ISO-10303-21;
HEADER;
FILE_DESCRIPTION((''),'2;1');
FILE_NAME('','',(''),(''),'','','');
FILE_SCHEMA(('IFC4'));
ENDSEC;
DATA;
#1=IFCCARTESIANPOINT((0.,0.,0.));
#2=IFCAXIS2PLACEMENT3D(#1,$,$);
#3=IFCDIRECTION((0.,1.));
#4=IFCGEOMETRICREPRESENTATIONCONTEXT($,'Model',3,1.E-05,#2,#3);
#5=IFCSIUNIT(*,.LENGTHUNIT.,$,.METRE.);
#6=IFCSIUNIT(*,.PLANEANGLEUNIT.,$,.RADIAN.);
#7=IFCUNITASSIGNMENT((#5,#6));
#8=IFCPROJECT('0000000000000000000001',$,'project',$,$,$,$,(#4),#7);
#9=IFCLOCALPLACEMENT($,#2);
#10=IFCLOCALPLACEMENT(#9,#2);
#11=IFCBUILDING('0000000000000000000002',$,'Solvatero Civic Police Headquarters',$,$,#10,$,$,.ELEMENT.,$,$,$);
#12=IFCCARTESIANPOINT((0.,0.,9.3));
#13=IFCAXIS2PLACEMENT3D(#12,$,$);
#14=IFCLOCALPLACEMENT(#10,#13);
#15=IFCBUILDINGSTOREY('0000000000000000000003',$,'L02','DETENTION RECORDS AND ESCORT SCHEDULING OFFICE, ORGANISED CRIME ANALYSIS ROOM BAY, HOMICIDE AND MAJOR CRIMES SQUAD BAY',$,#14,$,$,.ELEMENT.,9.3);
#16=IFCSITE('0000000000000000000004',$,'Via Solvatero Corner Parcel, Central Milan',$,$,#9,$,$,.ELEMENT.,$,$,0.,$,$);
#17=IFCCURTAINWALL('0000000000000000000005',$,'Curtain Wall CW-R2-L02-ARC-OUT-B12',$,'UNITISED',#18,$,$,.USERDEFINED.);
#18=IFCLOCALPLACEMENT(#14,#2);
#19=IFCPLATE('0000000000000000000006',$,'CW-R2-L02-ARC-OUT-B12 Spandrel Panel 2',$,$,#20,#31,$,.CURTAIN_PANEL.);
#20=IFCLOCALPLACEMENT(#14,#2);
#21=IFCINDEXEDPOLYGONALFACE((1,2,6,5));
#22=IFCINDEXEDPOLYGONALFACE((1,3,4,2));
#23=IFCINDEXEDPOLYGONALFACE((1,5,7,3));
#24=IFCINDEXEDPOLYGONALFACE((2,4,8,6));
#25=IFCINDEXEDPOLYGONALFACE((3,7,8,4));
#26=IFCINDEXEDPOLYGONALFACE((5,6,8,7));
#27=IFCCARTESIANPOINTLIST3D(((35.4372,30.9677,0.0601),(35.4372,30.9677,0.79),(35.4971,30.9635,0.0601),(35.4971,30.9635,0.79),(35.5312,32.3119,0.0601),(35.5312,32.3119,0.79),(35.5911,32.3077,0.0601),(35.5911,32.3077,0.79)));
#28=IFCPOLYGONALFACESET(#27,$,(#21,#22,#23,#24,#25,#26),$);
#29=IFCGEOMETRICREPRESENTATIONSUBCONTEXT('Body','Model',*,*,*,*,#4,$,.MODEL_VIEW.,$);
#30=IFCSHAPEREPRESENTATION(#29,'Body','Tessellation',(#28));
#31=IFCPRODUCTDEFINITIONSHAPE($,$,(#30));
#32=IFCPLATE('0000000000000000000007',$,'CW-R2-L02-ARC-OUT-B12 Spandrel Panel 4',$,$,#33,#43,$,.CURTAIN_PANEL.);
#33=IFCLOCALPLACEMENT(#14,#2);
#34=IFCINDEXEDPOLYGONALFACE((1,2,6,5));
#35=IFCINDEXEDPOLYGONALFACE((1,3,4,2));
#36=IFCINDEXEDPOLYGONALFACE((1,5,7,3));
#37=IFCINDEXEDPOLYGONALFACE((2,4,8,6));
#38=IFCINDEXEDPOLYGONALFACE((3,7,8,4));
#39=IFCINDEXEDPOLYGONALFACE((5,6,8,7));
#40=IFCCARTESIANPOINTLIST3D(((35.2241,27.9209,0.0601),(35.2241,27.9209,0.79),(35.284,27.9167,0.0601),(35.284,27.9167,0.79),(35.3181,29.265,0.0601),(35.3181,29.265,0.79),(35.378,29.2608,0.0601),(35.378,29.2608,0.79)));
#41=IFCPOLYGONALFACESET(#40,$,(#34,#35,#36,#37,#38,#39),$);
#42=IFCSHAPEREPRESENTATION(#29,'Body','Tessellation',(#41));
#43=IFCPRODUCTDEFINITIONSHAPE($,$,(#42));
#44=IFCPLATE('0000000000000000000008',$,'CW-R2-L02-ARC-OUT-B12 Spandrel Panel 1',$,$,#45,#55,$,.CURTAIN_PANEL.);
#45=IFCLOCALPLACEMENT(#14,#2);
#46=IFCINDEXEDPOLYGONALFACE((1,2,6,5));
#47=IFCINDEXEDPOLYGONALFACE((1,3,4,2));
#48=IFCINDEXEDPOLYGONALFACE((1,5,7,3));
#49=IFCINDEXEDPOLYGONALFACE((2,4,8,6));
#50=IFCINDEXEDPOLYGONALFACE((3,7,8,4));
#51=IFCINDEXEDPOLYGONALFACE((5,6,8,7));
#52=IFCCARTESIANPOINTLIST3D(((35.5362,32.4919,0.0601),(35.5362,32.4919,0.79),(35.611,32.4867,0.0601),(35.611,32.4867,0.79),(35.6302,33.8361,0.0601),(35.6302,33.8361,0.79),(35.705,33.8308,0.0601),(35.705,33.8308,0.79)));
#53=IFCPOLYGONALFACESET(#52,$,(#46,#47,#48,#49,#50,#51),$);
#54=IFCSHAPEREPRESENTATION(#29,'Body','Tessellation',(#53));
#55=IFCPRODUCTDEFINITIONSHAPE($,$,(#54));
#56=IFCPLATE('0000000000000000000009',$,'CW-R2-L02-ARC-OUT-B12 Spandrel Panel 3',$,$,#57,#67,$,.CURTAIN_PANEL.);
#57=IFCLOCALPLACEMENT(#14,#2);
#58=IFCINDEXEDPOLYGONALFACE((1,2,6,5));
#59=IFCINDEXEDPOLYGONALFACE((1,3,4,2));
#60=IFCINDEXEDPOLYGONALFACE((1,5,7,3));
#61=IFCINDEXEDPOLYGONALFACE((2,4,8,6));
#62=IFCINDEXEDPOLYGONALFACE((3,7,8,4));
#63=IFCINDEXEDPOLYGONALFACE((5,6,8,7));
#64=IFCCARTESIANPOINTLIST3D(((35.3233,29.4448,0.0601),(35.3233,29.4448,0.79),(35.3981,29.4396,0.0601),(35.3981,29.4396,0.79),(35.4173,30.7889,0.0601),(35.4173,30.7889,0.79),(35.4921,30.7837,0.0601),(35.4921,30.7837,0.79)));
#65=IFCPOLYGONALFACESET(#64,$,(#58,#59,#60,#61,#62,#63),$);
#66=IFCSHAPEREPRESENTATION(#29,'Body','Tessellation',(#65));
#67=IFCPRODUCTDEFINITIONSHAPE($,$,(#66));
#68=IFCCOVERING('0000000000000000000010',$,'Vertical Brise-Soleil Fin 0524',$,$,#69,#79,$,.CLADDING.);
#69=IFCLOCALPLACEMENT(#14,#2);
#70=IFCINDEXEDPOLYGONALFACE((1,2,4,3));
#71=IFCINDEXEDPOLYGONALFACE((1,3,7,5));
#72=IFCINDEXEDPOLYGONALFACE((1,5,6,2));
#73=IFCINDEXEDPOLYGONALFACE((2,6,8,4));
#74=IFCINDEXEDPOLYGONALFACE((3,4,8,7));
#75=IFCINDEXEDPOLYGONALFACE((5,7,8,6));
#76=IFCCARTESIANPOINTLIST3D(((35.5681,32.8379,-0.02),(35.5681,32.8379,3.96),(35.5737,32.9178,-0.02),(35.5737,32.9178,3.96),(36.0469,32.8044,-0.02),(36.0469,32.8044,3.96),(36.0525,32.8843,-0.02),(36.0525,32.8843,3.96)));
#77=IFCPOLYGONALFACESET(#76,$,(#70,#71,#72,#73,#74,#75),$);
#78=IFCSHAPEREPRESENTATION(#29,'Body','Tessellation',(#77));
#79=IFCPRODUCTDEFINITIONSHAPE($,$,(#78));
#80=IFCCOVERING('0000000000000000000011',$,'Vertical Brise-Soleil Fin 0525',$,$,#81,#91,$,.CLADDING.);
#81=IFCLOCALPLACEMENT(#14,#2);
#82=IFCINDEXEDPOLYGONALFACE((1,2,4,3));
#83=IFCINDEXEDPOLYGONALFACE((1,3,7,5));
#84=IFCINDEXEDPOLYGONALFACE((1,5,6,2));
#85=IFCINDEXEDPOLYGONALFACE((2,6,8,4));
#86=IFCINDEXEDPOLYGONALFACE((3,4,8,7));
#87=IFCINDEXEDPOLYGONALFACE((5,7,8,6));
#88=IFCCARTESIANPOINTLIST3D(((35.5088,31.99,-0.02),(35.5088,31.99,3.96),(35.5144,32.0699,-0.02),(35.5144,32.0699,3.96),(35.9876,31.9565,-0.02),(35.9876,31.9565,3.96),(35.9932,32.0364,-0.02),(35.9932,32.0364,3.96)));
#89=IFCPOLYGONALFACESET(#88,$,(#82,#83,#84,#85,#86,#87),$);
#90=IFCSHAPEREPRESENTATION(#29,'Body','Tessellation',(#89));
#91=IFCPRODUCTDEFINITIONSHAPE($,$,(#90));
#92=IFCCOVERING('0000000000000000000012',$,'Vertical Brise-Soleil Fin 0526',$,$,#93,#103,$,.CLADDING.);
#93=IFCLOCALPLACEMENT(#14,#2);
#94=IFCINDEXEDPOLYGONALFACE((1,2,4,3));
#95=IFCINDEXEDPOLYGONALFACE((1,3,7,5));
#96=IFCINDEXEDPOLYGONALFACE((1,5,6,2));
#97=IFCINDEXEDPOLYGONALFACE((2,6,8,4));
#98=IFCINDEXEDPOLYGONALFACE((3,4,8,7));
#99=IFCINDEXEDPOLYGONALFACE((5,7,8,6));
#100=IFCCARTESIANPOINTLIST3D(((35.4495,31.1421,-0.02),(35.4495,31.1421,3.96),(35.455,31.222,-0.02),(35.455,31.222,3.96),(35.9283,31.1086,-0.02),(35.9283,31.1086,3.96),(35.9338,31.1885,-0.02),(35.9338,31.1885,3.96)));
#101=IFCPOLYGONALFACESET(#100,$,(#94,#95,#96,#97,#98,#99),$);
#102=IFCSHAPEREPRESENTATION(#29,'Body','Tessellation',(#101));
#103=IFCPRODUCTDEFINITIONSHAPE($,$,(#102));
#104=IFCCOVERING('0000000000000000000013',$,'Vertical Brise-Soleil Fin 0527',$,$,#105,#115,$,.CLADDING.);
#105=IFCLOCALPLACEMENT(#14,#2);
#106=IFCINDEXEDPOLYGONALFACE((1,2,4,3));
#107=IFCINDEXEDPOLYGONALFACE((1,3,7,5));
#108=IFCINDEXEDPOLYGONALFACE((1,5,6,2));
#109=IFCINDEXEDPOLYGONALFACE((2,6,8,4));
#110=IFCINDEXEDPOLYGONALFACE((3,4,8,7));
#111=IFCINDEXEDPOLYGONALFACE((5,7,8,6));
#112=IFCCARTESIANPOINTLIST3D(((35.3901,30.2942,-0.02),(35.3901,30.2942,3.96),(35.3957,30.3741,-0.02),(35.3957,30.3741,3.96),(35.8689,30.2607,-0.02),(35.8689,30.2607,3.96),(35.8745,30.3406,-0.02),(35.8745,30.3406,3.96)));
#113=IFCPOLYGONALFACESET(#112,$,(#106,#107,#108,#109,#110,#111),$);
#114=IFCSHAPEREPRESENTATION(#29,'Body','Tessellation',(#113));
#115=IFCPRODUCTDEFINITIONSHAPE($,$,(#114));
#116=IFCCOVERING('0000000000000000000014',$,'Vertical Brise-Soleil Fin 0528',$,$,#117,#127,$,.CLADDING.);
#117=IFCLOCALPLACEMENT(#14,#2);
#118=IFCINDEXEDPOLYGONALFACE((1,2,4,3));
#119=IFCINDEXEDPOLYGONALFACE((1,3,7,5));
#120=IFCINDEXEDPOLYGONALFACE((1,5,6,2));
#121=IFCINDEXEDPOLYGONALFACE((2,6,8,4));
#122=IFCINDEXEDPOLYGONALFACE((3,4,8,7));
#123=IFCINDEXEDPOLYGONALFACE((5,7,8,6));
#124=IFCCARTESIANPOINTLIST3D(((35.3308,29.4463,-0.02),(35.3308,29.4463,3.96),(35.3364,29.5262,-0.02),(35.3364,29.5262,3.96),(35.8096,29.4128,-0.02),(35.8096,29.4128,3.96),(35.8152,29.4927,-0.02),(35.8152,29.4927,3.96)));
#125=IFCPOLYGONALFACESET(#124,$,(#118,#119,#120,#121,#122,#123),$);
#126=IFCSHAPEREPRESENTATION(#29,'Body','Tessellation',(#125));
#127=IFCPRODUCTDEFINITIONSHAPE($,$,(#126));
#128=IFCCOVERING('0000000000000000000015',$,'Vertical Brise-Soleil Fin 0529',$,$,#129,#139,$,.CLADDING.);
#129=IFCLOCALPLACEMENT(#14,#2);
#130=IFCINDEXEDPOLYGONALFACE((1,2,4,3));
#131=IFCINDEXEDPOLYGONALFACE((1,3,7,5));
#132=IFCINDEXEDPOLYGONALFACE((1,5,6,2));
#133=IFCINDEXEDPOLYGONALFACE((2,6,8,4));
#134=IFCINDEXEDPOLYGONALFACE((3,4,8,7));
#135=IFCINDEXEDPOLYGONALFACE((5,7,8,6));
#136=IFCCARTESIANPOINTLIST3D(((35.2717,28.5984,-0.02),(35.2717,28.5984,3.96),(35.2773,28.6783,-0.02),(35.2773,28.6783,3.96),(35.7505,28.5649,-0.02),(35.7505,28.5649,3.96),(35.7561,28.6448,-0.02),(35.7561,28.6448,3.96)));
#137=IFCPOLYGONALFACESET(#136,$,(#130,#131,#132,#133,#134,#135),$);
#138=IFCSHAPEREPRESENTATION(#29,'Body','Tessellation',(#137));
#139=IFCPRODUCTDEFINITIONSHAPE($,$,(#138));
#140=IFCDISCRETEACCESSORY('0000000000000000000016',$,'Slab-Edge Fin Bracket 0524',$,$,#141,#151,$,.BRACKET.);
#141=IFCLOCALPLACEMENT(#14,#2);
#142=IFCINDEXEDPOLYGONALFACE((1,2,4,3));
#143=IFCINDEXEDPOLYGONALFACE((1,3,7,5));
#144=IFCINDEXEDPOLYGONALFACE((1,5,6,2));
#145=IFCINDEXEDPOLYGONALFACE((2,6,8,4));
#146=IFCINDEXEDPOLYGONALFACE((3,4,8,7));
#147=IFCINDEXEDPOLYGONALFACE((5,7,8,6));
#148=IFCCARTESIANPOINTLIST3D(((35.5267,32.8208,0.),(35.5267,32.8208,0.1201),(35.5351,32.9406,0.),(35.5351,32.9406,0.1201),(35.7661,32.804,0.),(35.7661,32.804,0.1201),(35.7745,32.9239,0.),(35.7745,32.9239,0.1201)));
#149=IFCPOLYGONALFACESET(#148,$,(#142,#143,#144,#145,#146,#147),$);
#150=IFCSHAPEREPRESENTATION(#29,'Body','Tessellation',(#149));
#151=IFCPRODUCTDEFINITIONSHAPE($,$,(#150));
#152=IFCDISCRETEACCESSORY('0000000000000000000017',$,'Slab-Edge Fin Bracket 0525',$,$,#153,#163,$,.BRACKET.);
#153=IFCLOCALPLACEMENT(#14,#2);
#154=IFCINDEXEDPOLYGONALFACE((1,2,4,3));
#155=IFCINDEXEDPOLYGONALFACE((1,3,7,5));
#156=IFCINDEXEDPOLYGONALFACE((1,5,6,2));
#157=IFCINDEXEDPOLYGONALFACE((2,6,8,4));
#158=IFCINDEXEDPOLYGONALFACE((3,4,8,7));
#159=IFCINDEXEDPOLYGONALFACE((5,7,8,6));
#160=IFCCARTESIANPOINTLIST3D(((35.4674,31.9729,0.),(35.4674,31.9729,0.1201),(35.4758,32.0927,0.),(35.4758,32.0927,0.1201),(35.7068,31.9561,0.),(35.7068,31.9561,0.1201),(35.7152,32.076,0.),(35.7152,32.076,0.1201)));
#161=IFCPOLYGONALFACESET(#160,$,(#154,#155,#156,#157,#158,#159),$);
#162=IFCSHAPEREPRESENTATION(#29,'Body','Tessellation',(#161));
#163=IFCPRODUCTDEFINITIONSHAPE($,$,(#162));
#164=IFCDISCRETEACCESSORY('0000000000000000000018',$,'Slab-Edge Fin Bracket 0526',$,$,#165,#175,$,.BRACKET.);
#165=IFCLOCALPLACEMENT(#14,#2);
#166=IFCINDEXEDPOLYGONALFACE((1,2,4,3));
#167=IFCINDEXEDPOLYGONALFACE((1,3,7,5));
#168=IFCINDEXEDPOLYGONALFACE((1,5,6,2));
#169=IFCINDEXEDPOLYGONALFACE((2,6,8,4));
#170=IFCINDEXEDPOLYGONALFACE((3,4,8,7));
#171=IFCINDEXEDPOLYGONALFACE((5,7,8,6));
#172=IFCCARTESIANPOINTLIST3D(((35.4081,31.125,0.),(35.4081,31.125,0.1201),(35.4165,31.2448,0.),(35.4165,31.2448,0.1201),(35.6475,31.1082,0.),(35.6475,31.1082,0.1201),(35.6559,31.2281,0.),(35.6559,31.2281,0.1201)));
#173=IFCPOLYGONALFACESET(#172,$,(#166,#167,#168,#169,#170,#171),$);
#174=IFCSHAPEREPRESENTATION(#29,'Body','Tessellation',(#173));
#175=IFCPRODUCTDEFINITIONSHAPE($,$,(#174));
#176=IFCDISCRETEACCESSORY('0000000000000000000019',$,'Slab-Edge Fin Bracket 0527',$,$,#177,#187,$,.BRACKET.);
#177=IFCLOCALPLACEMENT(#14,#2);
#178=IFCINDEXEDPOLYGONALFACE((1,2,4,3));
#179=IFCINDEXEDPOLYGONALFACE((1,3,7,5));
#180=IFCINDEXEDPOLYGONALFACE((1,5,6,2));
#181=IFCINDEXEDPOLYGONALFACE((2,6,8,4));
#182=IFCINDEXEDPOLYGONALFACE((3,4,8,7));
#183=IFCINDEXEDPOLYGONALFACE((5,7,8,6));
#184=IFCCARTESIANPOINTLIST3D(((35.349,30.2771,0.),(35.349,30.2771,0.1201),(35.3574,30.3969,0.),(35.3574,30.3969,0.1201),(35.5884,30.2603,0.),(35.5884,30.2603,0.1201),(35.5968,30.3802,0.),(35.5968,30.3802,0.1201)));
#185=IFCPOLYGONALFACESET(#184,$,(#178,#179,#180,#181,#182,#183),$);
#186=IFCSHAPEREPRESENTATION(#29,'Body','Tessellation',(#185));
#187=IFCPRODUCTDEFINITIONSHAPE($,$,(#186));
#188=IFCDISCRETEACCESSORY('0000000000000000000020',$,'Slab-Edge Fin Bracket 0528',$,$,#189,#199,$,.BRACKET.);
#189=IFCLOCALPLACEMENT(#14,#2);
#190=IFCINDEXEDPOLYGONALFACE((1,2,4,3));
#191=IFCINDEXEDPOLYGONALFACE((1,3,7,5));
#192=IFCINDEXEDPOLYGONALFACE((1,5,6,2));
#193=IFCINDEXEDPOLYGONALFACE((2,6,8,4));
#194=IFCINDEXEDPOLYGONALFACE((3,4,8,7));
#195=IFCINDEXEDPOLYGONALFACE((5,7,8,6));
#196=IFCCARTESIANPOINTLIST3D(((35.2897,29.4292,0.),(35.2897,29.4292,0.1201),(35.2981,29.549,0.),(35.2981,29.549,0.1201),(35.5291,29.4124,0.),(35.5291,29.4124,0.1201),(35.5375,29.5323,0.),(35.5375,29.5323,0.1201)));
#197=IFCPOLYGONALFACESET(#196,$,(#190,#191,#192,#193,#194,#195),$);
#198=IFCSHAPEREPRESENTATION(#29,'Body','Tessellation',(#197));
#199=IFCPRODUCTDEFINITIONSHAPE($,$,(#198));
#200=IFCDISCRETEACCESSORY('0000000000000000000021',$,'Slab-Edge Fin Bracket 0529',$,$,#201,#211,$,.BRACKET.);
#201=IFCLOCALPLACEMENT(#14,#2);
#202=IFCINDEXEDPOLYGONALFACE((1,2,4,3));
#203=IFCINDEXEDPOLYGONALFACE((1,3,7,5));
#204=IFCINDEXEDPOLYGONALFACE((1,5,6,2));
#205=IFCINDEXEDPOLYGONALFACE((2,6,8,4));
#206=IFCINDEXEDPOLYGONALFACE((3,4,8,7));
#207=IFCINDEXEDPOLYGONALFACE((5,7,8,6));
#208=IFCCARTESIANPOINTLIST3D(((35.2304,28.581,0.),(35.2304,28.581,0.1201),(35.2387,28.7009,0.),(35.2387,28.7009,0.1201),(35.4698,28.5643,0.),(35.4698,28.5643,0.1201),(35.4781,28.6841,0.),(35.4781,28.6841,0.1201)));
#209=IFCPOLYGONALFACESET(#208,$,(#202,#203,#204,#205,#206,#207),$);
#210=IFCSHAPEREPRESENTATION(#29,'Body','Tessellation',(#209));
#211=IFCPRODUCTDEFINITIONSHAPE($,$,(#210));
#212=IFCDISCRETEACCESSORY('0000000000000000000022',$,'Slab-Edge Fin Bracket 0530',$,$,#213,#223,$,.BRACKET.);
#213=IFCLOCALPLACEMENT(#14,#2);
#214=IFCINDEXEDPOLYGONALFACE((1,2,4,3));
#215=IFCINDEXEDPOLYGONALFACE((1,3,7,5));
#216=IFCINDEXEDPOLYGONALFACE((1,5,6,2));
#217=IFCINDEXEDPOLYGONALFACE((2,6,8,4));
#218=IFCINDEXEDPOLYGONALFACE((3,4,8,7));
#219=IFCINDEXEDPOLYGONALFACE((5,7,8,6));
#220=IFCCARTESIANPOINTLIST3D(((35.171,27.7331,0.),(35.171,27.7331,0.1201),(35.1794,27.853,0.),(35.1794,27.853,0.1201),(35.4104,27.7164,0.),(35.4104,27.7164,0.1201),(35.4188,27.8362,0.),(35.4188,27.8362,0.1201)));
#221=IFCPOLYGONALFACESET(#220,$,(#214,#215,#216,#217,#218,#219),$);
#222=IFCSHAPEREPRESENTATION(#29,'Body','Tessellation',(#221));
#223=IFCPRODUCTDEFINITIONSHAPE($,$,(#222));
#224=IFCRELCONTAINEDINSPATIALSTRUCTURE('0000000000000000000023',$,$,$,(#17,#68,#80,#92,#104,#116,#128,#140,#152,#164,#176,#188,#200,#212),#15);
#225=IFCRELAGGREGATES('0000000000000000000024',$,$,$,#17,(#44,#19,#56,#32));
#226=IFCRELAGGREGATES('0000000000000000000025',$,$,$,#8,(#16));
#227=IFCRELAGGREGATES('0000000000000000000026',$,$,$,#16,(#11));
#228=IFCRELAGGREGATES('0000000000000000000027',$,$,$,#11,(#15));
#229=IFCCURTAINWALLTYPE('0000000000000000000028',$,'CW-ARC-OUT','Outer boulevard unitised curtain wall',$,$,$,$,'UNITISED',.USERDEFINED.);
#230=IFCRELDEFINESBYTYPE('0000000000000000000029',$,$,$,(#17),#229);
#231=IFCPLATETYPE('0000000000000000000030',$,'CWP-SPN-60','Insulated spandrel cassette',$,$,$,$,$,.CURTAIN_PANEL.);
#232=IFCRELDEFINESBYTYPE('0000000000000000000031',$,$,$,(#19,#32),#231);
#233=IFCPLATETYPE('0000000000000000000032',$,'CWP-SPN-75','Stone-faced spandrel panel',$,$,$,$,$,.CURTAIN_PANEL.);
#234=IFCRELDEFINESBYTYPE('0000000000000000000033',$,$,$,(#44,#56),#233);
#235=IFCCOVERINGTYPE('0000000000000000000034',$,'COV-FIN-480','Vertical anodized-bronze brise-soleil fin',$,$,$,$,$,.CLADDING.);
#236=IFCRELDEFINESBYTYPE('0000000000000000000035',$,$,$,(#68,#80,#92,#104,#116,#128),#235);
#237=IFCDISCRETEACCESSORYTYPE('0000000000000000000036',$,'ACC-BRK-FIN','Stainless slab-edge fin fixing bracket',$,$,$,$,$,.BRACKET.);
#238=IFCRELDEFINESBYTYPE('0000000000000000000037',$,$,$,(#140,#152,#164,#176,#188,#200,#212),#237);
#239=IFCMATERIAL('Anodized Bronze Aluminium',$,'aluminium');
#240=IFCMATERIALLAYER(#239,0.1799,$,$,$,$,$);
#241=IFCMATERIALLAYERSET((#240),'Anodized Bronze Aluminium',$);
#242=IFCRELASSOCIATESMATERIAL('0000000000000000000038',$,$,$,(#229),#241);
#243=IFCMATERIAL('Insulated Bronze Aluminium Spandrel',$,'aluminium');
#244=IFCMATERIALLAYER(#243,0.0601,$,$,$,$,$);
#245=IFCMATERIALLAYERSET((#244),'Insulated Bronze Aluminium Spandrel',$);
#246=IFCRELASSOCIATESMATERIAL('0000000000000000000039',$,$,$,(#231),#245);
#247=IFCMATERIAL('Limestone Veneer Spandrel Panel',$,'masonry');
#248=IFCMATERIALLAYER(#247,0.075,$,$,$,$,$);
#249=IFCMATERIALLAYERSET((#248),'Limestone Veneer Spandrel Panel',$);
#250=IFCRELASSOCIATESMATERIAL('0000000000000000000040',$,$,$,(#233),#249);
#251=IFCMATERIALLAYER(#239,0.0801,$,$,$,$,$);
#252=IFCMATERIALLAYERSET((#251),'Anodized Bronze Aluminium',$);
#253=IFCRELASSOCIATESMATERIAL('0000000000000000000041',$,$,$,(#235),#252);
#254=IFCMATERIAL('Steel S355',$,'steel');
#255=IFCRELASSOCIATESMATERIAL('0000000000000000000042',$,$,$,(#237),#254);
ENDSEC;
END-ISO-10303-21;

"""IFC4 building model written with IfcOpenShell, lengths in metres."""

from ifc_helpers import new_model, si_unit, direction, frame, origin, origin_2d, place, context, subcontext, project, spatial, rectangle, extrude, material, layer, layer_set, type_object, element, aggregate, save


model = new_model("IFC4")

# Units and contexts
model_context = context("Model", 3, precision=1e-05, world=origin(), true_north=direction((0.0, 1.0)))
body_context = subcontext(model_context, "Body", "Model", "MODEL_VIEW")
ifc_project = project(units=[si_unit("LENGTHUNIT", "METRE"), si_unit("PLANEANGLEUNIT", "RADIAN")], contexts=[model_context])

# Site, building, storey
site_placement = place(None, origin())
site = spatial("IfcSite", under=ifc_project, at=site_placement, Name="Via Solvatero Corner Parcel, Central Milan", CompositionType="ELEMENT", RefElevation=0.0)
building_placement = place(site_placement, origin())
building = spatial("IfcBuilding", under=site, at=building_placement, Name="Solvatero Civic Police Headquarters", CompositionType="ELEMENT")
storey_placement = place(building_placement, frame((0.0, 0.0, 9.3)))
storey = spatial("IfcBuildingStorey", under=building, at=storey_placement, Name="L02", Description="DETENTION RECORDS AND ESCORT SCHEDULING OFFICE, ORGANISED CRIME ANALYSIS ROOM BAY, HOMICIDE AND MAJOR CRIMES SQUAD BAY", CompositionType="ELEMENT", Elevation=9.3)

# Shared definitions
ifc_material_1 = material(Name="Steel S355", Category="steel")

# Curtain wall, plates
ifc_material_2 = material(Name="Anodized Bronze Aluminium", Category="aluminium")
ifc_layer_1 = layer(ifc_material_2, 0.1799)
ifc_layer_set_1 = layer_set([ifc_layer_1], Name="Anodized Bronze Aluminium")
curtain_wall_type = type_object("IfcCurtainWallType", Name="CW-ARC-OUT", Description="Outer boulevard unitised curtain wall", ElementType="UNITISED", PredefinedType="USERDEFINED", material=ifc_layer_set_1)
curtain_wall_placement = place(storey_placement, origin())
curtain_wall = element("IfcCurtainWall", 1, at=curtain_wall_placement, inside=storey, type_object=curtain_wall_type, Name="Curtain Wall CW-R2-L02-ARC-OUT-B12", ObjectType="UNITISED", PredefinedType="USERDEFINED")
ifc_material_3 = material(Name="Insulated Bronze Aluminium Spandrel", Category="aluminium")
ifc_layer_2 = layer(ifc_material_3, 0.0601)
ifc_layer_set_2 = layer_set([ifc_layer_2], Name="Insulated Bronze Aluminium Spandrel")
plate_type_1 = type_object("IfcPlateType", Name="CWP-SPN-60", Description="Insulated spandrel cassette", PredefinedType="CURTAIN_PANEL", material=ifc_layer_set_2)
plate_1_placement = place(storey_placement, frame((35.5142, 31.6377, 0.0601), z_axis=(0.0, 0.0, 1.0), x_axis=(-0.069756, -0.997564, 0.0)))
plate_1 = element("IfcPlate", 2, at=plate_1_placement, type_object=plate_type_1, Name="CW-R2-L02-ARC-OUT-B12 Spandrel Panel 2", PredefinedType="CURTAIN_PANEL", context=body_context, shape_type="SweptSolid", body=[
    extrude(rectangle(XDim=1.3474, YDim=0.0601, at=origin_2d()), origin(), (0.0, 0.0, 1.0), 0.73),
])
plate_2_placement = place(storey_placement, frame((35.301, 28.5908, 0.0601), z_axis=(0.0, 0.0, 1.0), x_axis=(-0.069756, -0.997564, 0.0)))
plate_2 = element("IfcPlate", 3, at=plate_2_placement, type_object=plate_type_1, Name="CW-R2-L02-ARC-OUT-B12 Spandrel Panel 4", PredefinedType="CURTAIN_PANEL", context=body_context, shape_type="SweptSolid", body=[
    extrude(rectangle(XDim=1.3474, YDim=0.0601, at=origin_2d()), origin(), (0.0, 0.0, 1.0), 0.73),
])
ifc_material_4 = material(Name="Limestone Veneer Spandrel Panel", Category="masonry")
ifc_layer_3 = layer(ifc_material_4, 0.075)
ifc_layer_set_3 = layer_set([ifc_layer_3], Name="Limestone Veneer Spandrel Panel")
plate_type_2 = type_object("IfcPlateType", Name="CWP-SPN-75", Description="Stone-faced spandrel panel", PredefinedType="CURTAIN_PANEL", material=ifc_layer_set_3)
plate_3_placement = place(storey_placement, frame((35.6206, 33.1614, 0.0601), z_axis=(0.0, 0.0, 1.0), x_axis=(-0.069756, -0.997564, 0.0)))
plate_3 = element("IfcPlate", 4, at=plate_3_placement, type_object=plate_type_2, Name="CW-R2-L02-ARC-OUT-B12 Spandrel Panel 1", PredefinedType="CURTAIN_PANEL", context=body_context, shape_type="SweptSolid", body=[
    extrude(rectangle(XDim=1.3474, YDim=0.075, at=origin_2d()), origin(), (0.0, 0.0, 1.0), 0.73),
])
plate_4_placement = place(storey_placement, frame((35.4077, 30.1143, 0.0601), z_axis=(0.0, 0.0, 1.0), x_axis=(-0.069756, -0.997564, 0.0)))
plate_4 = element("IfcPlate", 5, at=plate_4_placement, type_object=plate_type_2, Name="CW-R2-L02-ARC-OUT-B12 Spandrel Panel 3", PredefinedType="CURTAIN_PANEL", context=body_context, shape_type="SweptSolid", body=[
    extrude(rectangle(XDim=1.3474, YDim=0.075, at=origin_2d()), origin(), (0.0, 0.0, 1.0), 0.73),
])
aggregate(curtain_wall, [plate_3, plate_1, plate_4, plate_2])

# Coverings
ifc_layer_4 = layer(ifc_material_2, 0.0801)
ifc_layer_set_4 = layer_set([ifc_layer_4], Name="Anodized Bronze Aluminium")
covering_type = type_object("IfcCoveringType", Name="COV-FIN-480", Description="Vertical anodized-bronze brise-soleil fin", PredefinedType="CLADDING", material=ifc_layer_set_4)
for number, where, z_axis, x_axis, name in (
    (6, (35.8103, 32.8611, -0.02), (0.0, 0.0, 1.0), (-0.069756, -0.997564, 0.0), "Vertical Brise-Soleil Fin 0524"),
    (7, (35.751, 32.0132, -0.02), (0.0, 0.0, 1.0), (-0.069756, -0.997564, 0.0), "Vertical Brise-Soleil Fin 0525"),
    (8, (35.6917, 31.1653, -0.02), (0.0, 0.0, 1.0), (-0.069756, -0.997564, 0.0), "Vertical Brise-Soleil Fin 0526"),
    (9, (35.6323, 30.3174, -0.02), (0.0, 0.0, 1.0), (-0.069756, -0.997564, 0.0), "Vertical Brise-Soleil Fin 0527"),
    (10, (35.573, 29.4695, -0.02), (0.0, 0.0, 1.0), (-0.069756, -0.997564, 0.0), "Vertical Brise-Soleil Fin 0528"),
    (11, (35.5139, 28.6216, -0.02), (0.0, 0.0, 1.0), (-0.069756, -0.997564, 0.0), "Vertical Brise-Soleil Fin 0529"),
):
    element("IfcCovering", number, at=place(storey_placement, frame(where, z_axis=z_axis, x_axis=x_axis)), inside=storey, type_object=covering_type, Name=name, PredefinedType="CLADDING", context=body_context, shape_type="SweptSolid", body=[
        extrude(rectangle(XDim=0.0801, YDim=0.48, at=origin_2d()), origin(), (0.0, 0.0, 1.0), 3.98),
    ])

# Discrete accessories
discrete_accessory_type = type_object("IfcDiscreteAccessoryType", Name="ACC-BRK-FIN", Description="Stainless slab-edge fin fixing bracket", PredefinedType="BRACKET", material=ifc_material_1)
for number, where, z_axis, x_axis, name in (
    (12, (35.6506, 32.8723, 0.0), (0.0, 0.0, 1.0), (-0.069756, -0.997564, 0.0), "Slab-Edge Fin Bracket 0524"),
    (13, (35.5913, 32.0244, 0.0), (0.0, 0.0, 1.0), (-0.069756, -0.997564, 0.0), "Slab-Edge Fin Bracket 0525"),
    (14, (35.532, 31.1765, 0.0), (0.0, 0.0, 1.0), (-0.069756, -0.997564, 0.0), "Slab-Edge Fin Bracket 0526"),
    (15, (35.4729, 30.3286, 0.0), (0.0, 0.0, 1.0), (-0.069756, -0.997564, 0.0), "Slab-Edge Fin Bracket 0527"),
    (16, (35.4136, 29.4807, 0.0), (0.0, 0.0, 1.0), (-0.069756, -0.997564, 0.0), "Slab-Edge Fin Bracket 0528"),
    (17, (35.3542, 28.6326, 0.0), (0.0, 0.0, 1.0), (-0.069756, -0.997564, 0.0), "Slab-Edge Fin Bracket 0529"),
    (18, (35.2949, 27.7847, 0.0), (0.0, 0.0, 1.0), (-0.069756, -0.997564, 0.0), "Slab-Edge Fin Bracket 0530"),
):
    element("IfcDiscreteAccessory", number, at=place(storey_placement, frame(where, z_axis=z_axis, x_axis=x_axis)), inside=storey, type_object=discrete_accessory_type, Name=name, PredefinedType="BRACKET", context=body_context, shape_type="SweptSolid", body=[
        extrude(rectangle(XDim=0.1201, YDim=0.24, at=origin_2d()), origin(), (0.0, 0.0, 1.0), 0.1201),
    ])

save(model, "model.ifc")
